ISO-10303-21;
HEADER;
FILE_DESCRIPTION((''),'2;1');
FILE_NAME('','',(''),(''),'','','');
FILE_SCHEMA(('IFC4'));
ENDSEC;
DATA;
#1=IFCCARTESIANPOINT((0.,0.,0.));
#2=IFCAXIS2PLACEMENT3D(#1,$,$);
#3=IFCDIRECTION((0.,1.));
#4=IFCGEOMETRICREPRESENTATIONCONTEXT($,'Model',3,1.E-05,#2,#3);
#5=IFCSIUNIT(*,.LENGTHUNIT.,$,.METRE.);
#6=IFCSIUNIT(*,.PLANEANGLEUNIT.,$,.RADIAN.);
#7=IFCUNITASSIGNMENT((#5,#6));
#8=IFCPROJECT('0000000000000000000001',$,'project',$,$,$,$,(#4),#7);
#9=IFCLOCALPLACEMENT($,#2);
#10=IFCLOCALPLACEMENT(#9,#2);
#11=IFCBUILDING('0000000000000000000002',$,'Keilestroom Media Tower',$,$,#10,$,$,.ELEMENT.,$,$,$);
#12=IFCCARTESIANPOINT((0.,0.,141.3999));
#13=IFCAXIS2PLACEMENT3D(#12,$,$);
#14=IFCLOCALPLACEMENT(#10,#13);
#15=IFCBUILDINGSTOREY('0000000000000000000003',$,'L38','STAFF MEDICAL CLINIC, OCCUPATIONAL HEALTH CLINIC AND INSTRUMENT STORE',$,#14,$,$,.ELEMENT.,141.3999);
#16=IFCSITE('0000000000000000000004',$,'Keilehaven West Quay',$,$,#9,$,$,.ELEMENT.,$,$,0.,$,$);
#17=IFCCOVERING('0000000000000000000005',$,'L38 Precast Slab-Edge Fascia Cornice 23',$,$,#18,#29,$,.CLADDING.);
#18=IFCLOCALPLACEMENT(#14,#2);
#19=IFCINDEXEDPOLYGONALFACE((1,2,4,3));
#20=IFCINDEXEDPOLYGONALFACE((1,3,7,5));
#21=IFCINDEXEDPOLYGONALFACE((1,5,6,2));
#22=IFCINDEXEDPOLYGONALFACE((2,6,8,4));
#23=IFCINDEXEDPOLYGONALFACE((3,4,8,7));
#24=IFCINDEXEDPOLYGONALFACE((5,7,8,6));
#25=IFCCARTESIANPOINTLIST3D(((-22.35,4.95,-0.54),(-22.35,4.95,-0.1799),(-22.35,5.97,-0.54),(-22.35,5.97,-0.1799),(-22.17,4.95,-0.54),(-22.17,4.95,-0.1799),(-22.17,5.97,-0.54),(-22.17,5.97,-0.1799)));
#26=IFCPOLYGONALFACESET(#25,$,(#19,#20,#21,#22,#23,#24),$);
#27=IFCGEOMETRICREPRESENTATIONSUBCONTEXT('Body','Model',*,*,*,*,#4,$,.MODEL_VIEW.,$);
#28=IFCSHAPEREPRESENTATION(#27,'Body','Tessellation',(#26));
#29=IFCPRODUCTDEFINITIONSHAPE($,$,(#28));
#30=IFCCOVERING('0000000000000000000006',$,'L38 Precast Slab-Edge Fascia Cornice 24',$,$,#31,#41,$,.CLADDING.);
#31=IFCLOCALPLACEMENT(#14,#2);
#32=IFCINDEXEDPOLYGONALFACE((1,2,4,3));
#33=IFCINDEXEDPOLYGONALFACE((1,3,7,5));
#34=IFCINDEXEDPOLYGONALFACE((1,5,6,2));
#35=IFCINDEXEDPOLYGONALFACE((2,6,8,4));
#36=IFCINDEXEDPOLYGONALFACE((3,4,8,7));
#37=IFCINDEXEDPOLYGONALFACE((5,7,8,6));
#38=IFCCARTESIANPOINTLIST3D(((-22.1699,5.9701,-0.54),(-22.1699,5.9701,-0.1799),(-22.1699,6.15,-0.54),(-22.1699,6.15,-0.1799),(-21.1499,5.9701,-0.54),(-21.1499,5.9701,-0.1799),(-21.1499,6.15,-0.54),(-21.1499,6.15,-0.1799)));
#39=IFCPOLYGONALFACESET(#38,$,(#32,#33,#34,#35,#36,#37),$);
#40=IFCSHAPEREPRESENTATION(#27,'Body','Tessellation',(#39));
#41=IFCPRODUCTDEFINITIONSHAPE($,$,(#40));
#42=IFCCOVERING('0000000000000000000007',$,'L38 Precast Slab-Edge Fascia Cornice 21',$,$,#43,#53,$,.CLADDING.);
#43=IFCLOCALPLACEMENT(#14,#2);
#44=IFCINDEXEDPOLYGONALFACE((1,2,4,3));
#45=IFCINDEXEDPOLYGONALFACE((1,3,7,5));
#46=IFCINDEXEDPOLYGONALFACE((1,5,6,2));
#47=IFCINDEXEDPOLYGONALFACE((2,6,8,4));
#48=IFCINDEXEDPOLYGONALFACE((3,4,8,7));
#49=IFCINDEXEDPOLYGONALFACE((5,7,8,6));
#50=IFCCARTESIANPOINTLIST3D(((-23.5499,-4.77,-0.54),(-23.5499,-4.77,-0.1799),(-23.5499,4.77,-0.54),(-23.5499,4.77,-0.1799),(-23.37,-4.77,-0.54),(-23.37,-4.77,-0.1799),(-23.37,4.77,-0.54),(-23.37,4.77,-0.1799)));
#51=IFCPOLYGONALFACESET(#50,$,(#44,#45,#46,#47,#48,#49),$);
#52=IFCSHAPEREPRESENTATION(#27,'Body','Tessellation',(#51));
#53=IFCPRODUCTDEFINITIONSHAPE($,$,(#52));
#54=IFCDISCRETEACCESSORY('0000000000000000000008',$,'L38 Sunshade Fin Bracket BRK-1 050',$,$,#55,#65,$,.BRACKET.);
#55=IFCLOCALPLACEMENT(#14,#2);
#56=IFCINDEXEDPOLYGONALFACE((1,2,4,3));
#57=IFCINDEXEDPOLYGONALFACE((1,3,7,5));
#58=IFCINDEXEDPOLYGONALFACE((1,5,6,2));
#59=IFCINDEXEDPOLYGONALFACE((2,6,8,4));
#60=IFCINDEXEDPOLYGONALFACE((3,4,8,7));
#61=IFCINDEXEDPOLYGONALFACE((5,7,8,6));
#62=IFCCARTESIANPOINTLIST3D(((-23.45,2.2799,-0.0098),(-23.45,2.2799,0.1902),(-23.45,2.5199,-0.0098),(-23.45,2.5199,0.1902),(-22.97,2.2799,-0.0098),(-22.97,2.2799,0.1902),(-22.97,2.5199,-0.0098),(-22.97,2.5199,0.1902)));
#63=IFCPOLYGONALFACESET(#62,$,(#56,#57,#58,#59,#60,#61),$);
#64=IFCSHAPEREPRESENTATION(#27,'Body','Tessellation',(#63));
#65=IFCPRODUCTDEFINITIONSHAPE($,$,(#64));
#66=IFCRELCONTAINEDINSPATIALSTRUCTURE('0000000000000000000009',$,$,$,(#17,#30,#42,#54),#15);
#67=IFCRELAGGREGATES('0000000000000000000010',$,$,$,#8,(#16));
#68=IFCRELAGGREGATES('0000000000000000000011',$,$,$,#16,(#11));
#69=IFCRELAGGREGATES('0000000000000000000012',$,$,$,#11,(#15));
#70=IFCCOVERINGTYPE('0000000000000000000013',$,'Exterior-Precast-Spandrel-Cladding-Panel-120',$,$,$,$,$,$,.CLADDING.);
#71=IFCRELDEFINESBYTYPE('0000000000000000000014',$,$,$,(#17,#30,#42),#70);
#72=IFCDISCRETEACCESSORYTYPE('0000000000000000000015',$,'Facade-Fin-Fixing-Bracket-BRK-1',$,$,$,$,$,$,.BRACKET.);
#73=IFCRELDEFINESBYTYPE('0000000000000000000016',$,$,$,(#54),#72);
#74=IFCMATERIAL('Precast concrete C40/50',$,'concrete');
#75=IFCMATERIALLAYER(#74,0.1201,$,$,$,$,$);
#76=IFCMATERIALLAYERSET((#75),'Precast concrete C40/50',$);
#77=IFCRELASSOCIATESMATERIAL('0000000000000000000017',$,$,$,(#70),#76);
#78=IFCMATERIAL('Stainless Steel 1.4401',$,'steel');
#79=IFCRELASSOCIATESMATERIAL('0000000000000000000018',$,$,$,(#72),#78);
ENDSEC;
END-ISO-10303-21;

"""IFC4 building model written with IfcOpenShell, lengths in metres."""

from ifc_helpers import new_model, si_unit, direction, frame, origin, origin_2d, place, context, subcontext, project, spatial, rectangle, extrude, source, transform, mapped, material, layer, layer_set, type_object, element, save


model = new_model("IFC4")

# Units and contexts
model_context = context("Model", 3, precision=1e-05, world=origin(), true_north=direction((0.0, 1.0)))
body_context = subcontext(model_context, "Body", "Model", "MODEL_VIEW")
ifc_project = project(units=[si_unit("LENGTHUNIT", "METRE"), si_unit("PLANEANGLEUNIT", "RADIAN")], contexts=[model_context])

# Site, building, storey
site_placement = place(None, origin())
site = spatial("IfcSite", under=ifc_project, at=site_placement, Name="Keilehaven West Quay", CompositionType="ELEMENT", RefElevation=0.0)
building_placement = place(site_placement, origin())
building = spatial("IfcBuilding", under=site, at=building_placement, Name="Keilestroom Media Tower", CompositionType="ELEMENT")
storey_placement = place(building_placement, frame((0.0, 0.0, 141.3999)))
storey = spatial("IfcBuildingStorey", under=building, at=storey_placement, Name="L38", Description="STAFF MEDICAL CLINIC, OCCUPATIONAL HEALTH CLINIC AND INSTRUMENT STORE", CompositionType="ELEMENT", Elevation=141.3999)

# Shared definitions
ifc_material_1 = material(Name="Precast concrete C40/50", Category="concrete")

# Coverings
ifc_layer_1 = layer(ifc_material_1, 0.1201)
ifc_layer_set_1 = layer_set([ifc_layer_1], Name="Precast concrete C40/50")
covering_type = type_object("IfcCoveringType", Name="Exterior-Precast-Spandrel-Cladding-Panel-120", PredefinedType="CLADDING", material=ifc_layer_set_1)
shared_shape_1 = source(origin(), body_context, "Body", "SweptSolid", [
    extrude(rectangle(XDim=1.02, YDim=0.1799, at=origin_2d()), origin(), (0.0, 0.0, 1.0), 0.3601),
])
for number, where, z_axis, x_axis, name in (
    (1, (-22.26, 5.46, -0.54), (0.0, 0.0, 1.0), (0.0, 1.0, 0.0), "L38 Precast Slab-Edge Fascia Cornice 23"),
    (2, (-21.6599, 6.0601, -0.54), (0.0, 0.0, 1.0), (1.0, 0.0, 0.0), "L38 Precast Slab-Edge Fascia Cornice 24"),
):
    element("IfcCovering", number, at=place(storey_placement, frame(where, z_axis=z_axis, x_axis=x_axis)), inside=storey, type_object=covering_type, Name=name, PredefinedType="CLADDING", context=body_context, shape_type="MappedRepresentation", body=[
        mapped(shared_shape_1, transform((0.0, 0.0, 0.0), x_axis=(1.0, 0.0, 0.0), y_axis=(0.0, 1.0, 0.0), z_axis=(0.0, 0.0, 1.0), scale=1.0)),
    ])
shared_shape_2 = source(origin(), body_context, "Body", "SweptSolid", [
    extrude(rectangle(XDim=9.54, YDim=0.1799, at=origin_2d()), origin(), (0.0, 0.0, 1.0), 0.3601),
])
covering_placement = place(storey_placement, frame((-23.46, 0.0, -0.54), z_axis=(0.0, 0.0, 1.0), x_axis=(0.0, 1.0, 0.0)))
element("IfcCovering", 3, at=covering_placement, inside=storey, type_object=covering_type, Name="L38 Precast Slab-Edge Fascia Cornice 21", PredefinedType="CLADDING", context=body_context, shape_type="MappedRepresentation", body=[
    mapped(shared_shape_2, transform((0.0, 0.0, 0.0), x_axis=(1.0, 0.0, 0.0), y_axis=(0.0, 1.0, 0.0), z_axis=(0.0, 0.0, 1.0), scale=1.0)),
])

# Discrete accessory
ifc_material_2 = material(Name="Stainless Steel 1.4401", Category="steel")
discrete_accessory_type = type_object("IfcDiscreteAccessoryType", Name="Facade-Fin-Fixing-Bracket-BRK-1", PredefinedType="BRACKET", material=ifc_material_2)
shared_shape_3 = source(origin(), body_context, "Body", "SweptSolid", [
    extrude(rectangle(XDim=0.48, YDim=0.24, at=origin_2d()), origin(), (0.0, 0.0, 1.0), 0.2),
])
discrete_accessory_placement = place(storey_placement, frame((-23.21, 2.3999, -0.0098), z_axis=(0.0, 0.0, 1.0), x_axis=(1.0, 0.0, 0.0)))
element("IfcDiscreteAccessory", 4, at=discrete_accessory_placement, inside=storey, type_object=discrete_accessory_type, Name="L38 Sunshade Fin Bracket BRK-1 050", PredefinedType="BRACKET", context=body_context, shape_type="MappedRepresentation", body=[
    mapped(shared_shape_3, transform((0.0, 0.0, 0.0), x_axis=(1.0, 0.0, 0.0), y_axis=(0.0, 1.0, 0.0), z_axis=(0.0, 0.0, 1.0), scale=1.0)),
])

save(model, "model.ifc")
